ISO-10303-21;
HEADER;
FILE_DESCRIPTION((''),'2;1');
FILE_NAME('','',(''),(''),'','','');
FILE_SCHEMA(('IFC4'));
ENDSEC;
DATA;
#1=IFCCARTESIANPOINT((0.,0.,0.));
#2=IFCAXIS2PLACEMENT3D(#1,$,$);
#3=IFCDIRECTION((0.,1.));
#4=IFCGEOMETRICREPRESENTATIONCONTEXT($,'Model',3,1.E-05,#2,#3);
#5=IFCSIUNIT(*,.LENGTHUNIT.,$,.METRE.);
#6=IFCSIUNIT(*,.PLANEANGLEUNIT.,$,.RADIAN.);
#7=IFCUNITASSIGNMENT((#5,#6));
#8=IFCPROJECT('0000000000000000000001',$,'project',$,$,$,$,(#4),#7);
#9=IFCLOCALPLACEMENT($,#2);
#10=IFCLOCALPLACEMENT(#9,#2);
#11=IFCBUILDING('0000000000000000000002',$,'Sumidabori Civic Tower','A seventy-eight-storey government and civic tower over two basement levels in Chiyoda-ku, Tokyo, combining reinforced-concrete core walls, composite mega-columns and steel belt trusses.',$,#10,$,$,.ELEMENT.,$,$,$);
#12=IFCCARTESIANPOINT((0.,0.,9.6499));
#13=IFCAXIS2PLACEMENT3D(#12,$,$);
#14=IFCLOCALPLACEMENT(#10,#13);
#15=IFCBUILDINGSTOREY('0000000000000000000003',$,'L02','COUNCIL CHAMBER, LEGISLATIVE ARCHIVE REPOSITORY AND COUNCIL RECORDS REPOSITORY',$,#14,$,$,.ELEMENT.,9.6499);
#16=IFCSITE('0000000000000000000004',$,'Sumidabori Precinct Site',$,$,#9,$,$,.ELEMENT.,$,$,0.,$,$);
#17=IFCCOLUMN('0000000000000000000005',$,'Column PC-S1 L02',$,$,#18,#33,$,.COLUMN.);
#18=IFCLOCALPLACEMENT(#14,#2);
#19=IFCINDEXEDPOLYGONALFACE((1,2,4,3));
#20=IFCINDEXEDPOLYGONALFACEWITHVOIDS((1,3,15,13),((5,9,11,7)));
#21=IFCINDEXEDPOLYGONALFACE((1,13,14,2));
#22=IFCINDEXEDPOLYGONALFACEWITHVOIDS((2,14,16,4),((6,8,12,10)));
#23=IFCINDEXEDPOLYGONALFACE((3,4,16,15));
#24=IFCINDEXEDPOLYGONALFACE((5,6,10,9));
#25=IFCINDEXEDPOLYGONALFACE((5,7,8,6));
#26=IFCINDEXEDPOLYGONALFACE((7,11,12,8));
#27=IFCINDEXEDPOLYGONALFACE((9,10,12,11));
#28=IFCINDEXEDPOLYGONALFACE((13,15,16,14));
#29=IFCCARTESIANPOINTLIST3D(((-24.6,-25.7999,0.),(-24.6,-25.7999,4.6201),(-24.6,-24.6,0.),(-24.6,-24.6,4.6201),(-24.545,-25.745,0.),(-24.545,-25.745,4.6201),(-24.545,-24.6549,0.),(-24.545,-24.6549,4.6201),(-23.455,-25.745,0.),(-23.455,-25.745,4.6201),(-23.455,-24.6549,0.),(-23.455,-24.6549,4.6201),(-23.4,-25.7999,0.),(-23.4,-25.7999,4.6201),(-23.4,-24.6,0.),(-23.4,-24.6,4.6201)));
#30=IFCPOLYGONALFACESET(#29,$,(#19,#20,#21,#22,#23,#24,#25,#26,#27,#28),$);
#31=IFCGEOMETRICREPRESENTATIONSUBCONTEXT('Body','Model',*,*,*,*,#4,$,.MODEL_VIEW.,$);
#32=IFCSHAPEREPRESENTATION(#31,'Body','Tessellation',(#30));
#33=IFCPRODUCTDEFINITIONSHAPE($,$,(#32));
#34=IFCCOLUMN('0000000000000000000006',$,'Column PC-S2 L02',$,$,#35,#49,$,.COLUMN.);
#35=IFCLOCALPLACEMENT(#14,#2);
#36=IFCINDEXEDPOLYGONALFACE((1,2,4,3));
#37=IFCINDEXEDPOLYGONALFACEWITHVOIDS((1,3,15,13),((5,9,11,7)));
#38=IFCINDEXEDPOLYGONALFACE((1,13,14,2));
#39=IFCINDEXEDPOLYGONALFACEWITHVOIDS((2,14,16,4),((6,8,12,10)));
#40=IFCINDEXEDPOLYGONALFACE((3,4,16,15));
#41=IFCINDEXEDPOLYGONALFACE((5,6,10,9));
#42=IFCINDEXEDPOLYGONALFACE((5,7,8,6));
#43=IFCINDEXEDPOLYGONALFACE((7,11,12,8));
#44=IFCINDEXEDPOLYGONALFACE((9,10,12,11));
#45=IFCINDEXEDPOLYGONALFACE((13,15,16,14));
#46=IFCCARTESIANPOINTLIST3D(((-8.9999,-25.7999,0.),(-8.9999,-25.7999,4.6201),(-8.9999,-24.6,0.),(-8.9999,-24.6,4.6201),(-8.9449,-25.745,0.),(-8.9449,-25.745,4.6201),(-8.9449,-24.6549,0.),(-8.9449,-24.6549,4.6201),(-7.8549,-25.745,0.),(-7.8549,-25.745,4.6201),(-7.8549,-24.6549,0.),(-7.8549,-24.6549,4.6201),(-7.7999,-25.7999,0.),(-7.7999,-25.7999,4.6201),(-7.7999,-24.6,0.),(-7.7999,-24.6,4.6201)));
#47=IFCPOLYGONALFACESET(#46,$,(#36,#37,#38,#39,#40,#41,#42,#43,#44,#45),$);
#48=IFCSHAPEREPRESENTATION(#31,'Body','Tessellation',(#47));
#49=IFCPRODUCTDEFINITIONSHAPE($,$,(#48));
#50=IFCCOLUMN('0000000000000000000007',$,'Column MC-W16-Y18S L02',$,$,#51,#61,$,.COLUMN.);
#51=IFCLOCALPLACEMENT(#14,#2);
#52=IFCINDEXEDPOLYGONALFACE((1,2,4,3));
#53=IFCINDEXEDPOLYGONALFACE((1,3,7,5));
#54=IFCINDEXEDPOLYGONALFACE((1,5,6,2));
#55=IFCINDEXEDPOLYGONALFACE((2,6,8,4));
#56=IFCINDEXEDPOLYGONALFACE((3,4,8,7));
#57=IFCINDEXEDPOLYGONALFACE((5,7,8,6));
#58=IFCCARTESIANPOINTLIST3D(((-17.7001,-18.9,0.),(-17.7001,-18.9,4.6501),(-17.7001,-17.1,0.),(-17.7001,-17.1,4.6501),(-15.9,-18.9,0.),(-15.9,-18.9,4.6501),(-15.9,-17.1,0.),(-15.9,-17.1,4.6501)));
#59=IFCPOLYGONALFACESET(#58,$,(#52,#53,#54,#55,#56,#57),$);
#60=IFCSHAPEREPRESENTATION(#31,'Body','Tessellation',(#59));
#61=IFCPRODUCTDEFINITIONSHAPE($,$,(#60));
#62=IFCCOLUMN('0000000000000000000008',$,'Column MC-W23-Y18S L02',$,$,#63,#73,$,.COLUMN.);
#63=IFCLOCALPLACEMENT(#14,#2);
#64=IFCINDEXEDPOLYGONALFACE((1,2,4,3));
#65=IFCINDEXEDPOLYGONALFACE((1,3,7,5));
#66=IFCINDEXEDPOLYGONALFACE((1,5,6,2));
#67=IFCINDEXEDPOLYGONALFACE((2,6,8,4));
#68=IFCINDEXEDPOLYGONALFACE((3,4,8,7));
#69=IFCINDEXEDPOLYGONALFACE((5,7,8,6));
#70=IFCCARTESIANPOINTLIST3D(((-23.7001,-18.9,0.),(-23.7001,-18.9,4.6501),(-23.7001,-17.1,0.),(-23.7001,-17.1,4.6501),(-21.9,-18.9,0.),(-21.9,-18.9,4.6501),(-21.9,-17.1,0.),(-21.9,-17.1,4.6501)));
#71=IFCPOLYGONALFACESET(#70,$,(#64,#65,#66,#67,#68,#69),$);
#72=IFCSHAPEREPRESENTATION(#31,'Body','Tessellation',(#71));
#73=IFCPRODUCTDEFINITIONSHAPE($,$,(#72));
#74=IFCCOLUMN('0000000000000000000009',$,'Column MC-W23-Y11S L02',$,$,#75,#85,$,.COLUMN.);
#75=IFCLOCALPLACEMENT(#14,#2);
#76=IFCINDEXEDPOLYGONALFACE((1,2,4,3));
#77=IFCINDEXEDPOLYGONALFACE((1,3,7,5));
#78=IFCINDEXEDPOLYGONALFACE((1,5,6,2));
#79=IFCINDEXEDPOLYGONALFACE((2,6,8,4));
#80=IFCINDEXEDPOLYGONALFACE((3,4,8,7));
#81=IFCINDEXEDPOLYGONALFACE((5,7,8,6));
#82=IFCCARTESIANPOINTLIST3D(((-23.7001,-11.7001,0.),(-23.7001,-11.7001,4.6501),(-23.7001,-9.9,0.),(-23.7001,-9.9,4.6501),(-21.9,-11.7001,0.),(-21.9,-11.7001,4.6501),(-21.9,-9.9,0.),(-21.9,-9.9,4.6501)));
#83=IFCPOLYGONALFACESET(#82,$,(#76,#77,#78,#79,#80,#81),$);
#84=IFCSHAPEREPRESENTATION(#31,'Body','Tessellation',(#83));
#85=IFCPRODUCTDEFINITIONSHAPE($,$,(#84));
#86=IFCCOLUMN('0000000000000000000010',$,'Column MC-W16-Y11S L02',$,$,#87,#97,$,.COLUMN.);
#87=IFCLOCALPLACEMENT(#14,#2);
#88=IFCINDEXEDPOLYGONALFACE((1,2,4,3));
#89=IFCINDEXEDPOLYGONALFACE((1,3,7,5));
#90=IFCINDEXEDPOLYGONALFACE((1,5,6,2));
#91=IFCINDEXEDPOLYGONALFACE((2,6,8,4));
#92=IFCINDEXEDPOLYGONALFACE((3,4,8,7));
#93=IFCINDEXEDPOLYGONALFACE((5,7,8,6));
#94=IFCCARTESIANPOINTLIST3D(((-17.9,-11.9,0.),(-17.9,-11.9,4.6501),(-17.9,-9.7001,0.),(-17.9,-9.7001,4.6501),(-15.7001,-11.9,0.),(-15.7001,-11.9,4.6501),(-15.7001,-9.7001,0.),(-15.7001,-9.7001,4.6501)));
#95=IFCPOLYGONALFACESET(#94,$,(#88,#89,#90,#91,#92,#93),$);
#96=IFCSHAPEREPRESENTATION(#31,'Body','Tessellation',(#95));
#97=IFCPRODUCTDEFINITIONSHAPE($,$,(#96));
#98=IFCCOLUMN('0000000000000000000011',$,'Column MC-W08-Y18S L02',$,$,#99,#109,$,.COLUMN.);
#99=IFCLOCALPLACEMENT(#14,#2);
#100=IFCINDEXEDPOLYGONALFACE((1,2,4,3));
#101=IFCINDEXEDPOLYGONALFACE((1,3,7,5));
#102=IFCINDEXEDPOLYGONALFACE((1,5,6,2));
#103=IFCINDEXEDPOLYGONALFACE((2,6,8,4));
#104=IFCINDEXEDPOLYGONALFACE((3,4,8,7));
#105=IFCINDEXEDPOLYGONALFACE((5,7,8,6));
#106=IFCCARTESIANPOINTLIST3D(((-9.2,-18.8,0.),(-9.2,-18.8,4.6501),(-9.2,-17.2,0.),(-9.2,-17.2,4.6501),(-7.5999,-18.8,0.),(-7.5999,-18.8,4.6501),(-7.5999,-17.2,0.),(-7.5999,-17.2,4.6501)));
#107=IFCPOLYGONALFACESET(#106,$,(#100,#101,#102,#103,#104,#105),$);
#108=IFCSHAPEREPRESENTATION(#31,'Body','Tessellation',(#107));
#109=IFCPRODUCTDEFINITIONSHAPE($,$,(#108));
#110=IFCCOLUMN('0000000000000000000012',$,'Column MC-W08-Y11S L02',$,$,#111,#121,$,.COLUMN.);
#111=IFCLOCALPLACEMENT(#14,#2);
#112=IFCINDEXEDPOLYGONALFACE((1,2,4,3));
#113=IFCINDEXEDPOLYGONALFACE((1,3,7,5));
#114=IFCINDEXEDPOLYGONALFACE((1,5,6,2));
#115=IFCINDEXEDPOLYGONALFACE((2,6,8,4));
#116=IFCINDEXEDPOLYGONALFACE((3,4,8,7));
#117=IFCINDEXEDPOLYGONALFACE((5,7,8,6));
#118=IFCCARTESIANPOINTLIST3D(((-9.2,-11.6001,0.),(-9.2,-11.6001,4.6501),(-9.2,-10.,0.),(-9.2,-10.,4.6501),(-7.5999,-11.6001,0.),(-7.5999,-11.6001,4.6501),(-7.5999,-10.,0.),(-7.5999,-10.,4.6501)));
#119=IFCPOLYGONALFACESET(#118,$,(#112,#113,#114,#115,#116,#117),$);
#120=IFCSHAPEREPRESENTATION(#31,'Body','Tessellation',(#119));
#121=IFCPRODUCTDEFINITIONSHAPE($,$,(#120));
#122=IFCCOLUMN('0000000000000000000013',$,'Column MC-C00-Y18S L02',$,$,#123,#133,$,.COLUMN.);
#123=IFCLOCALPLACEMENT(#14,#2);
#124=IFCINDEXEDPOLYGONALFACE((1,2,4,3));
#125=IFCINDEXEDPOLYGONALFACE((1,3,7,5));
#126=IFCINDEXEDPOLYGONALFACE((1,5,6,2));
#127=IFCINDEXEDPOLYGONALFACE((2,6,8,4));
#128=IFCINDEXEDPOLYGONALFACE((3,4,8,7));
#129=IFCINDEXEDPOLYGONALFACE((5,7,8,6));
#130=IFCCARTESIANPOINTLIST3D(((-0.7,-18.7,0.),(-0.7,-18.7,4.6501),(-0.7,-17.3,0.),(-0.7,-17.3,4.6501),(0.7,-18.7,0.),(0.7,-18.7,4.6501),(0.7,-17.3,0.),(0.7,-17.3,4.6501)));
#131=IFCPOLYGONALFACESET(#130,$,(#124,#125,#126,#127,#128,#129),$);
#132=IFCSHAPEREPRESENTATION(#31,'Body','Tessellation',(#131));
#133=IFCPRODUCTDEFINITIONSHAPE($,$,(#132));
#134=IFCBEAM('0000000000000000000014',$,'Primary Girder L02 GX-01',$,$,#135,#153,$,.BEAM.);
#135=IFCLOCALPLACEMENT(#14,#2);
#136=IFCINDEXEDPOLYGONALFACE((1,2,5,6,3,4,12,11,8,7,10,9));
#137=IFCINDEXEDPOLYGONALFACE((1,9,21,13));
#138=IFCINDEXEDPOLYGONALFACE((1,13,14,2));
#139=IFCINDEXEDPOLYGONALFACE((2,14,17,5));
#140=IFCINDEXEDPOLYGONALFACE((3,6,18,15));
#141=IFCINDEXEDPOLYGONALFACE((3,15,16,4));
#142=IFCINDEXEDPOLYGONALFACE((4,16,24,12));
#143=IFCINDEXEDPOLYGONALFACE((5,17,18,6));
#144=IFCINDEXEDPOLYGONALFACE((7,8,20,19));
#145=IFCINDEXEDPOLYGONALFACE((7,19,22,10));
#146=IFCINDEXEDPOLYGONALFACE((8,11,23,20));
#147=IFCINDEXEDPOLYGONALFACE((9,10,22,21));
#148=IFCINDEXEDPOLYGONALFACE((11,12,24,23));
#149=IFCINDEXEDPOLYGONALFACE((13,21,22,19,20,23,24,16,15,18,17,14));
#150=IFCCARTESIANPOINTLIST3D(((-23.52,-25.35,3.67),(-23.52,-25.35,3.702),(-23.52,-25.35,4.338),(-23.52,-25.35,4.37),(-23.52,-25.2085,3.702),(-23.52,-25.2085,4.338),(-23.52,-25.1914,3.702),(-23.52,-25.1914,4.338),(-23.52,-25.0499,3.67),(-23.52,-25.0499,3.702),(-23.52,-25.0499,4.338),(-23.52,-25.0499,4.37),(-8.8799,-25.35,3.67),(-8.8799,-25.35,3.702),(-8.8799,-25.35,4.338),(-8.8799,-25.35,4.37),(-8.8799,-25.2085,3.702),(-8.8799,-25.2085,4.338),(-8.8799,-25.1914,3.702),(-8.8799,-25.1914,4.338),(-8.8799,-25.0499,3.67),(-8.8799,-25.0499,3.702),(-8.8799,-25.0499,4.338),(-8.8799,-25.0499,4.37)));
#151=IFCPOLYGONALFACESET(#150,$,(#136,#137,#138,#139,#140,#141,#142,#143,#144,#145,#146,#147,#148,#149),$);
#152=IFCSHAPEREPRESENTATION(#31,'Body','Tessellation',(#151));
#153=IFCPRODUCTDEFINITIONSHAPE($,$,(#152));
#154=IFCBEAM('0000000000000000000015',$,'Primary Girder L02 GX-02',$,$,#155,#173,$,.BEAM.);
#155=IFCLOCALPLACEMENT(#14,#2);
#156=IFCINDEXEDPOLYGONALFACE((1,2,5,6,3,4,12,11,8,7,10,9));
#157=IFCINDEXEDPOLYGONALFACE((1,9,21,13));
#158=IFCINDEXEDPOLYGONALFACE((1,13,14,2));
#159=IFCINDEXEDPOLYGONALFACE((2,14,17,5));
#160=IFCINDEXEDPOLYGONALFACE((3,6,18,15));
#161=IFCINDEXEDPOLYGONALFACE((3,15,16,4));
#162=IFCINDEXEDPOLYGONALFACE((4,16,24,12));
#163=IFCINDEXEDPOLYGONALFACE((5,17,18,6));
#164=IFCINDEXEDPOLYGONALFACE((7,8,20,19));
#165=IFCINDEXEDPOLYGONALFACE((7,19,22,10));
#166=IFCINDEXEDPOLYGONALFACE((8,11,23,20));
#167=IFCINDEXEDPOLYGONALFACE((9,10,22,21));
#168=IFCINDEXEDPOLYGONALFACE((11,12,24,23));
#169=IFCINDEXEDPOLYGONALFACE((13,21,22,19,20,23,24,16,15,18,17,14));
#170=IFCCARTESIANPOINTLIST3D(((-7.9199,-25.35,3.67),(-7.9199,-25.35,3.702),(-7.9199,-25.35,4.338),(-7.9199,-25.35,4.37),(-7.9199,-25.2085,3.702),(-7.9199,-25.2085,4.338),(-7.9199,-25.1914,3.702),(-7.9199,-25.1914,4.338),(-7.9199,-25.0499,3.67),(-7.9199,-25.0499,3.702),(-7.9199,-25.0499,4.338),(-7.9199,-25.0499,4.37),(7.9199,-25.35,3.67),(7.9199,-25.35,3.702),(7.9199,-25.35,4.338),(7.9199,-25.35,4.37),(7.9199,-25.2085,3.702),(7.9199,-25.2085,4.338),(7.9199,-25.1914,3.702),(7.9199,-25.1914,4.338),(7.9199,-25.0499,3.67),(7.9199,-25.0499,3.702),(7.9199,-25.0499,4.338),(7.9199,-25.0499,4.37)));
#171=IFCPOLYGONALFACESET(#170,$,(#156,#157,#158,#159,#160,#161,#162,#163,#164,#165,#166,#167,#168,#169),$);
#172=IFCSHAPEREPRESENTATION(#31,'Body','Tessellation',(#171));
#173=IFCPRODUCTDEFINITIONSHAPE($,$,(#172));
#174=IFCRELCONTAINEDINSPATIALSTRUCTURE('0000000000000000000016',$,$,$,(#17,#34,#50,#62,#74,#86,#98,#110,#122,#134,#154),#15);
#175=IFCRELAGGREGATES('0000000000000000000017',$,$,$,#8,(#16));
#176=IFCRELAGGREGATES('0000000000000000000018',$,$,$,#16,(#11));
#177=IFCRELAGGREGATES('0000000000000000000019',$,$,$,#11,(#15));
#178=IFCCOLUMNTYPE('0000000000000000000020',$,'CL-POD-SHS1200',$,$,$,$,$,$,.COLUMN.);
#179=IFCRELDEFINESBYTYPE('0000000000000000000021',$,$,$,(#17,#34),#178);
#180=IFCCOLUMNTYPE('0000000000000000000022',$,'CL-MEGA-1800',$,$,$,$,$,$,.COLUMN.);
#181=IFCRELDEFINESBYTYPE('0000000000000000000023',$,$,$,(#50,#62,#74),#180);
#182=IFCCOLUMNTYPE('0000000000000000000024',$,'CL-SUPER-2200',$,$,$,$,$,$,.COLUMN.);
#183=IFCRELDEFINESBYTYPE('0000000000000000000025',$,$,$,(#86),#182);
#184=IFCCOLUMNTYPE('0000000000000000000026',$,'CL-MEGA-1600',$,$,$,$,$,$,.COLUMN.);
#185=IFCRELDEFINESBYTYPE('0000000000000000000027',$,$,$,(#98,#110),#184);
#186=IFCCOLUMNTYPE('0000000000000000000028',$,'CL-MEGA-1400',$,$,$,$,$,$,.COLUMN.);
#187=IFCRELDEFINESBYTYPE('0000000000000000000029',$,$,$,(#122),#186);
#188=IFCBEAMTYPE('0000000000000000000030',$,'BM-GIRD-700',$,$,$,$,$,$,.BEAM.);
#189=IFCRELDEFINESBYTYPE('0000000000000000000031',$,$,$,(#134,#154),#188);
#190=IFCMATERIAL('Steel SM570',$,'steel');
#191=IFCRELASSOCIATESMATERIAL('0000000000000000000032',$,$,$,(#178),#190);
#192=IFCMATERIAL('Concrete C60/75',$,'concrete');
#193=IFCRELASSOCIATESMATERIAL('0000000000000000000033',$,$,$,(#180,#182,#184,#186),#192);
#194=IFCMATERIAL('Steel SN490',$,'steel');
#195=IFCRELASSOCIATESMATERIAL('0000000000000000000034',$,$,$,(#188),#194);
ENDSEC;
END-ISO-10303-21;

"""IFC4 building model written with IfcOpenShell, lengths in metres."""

from ifc_helpers import new_model, si_unit, direction, frame, origin, origin_2d, place, context, subcontext, project, spatial, rectangle, hollow_rectangle, i_section, extrude, source, transform, mapped, material, material_profile, profile_set, type_object, element, save


model = new_model("IFC4")

# Units and contexts
model_context = context("Model", 3, precision=1e-05, world=origin(), true_north=direction((0.0, 1.0)))
body_context = subcontext(model_context, "Body", "Model", "MODEL_VIEW")
ifc_project = project(units=[si_unit("LENGTHUNIT", "METRE"), si_unit("PLANEANGLEUNIT", "RADIAN")], contexts=[model_context])

# Site, building, storey
site_placement = place(None, origin())
site = spatial("IfcSite", under=ifc_project, at=site_placement, Name="Sumidabori Precinct Site", CompositionType="ELEMENT", RefElevation=0.0)
building_placement = place(site_placement, origin())
building = spatial("IfcBuilding", under=site, at=building_placement, Name="Sumidabori Civic Tower", Description="A seventy-eight-storey government and civic tower over two basement levels in Chiyoda-ku, Tokyo, combining reinforced-concrete core walls, composite mega-columns and steel belt trusses.", CompositionType="ELEMENT")
storey_placement = place(building_placement, frame((0.0, 0.0, 9.6499)))
storey = spatial("IfcBuildingStorey", under=building, at=storey_placement, Name="L02", Description="COUNCIL CHAMBER, LEGISLATIVE ARCHIVE REPOSITORY AND COUNCIL RECORDS REPOSITORY", CompositionType="ELEMENT", Elevation=9.6499)

# Columns
ifc_material_1 = material(Name="Steel SM570", Category="steel")
ifc_material_profile_1 = material_profile(ifc_material_1, hollow_rectangle(XDim=1.2, YDim=1.2, WallThickness=0.0549, at=origin_2d()), Name="SHS 1200x1200x55")
ifc_profile_set_1 = profile_set([ifc_material_profile_1], Name="Steel SM570")
column_type_1 = type_object("IfcColumnType", Name="CL-POD-SHS1200", PredefinedType="COLUMN", material=ifc_profile_set_1)
shared_shape_1 = source(origin(), body_context, "Body", "SweptSolid", [
    extrude(hollow_rectangle(XDim=1.2, YDim=1.2, WallThickness=0.0549, at=origin_2d()), origin(), (0.0, 0.0, 1.0), 4.6201),
])
for number, where, z_axis, x_axis, name in (
    (1, (-24.0, -25.2, 0.0), (0.0, 0.0, 1.0), (1.0, 0.0, 0.0), "Column PC-S1 L02"),
    (2, (-8.3999, -25.2, 0.0), (0.0, 0.0, 1.0), (1.0, 0.0, 0.0), "Column PC-S2 L02"),
):
    element("IfcColumn", number, at=place(storey_placement, frame(where, z_axis=z_axis, x_axis=x_axis)), inside=storey, type_object=column_type_1, Name=name, PredefinedType="COLUMN", context=body_context, shape_type="MappedRepresentation", body=[
        mapped(shared_shape_1, transform((0.0, 0.0, 0.0), x_axis=(1.0, 0.0, 0.0), y_axis=(0.0, 1.0, 0.0), z_axis=(0.0, 0.0, 1.0), scale=1.0)),
    ])
ifc_material_2 = material(Name="Concrete C60/75", Category="concrete")
ifc_material_profile_2 = material_profile(ifc_material_2, rectangle(XDim=1.8, YDim=1.8, at=origin_2d()), Name="RC 1800x1800")
ifc_profile_set_2 = profile_set([ifc_material_profile_2], Name="Concrete C60/75")
column_type_2 = type_object("IfcColumnType", Name="CL-MEGA-1800", PredefinedType="COLUMN", material=ifc_profile_set_2)
shared_shape_2 = source(origin(), body_context, "Body", "SweptSolid", [
    extrude(rectangle(XDim=1.8, YDim=1.8, at=origin_2d()), origin(), (0.0, 0.0, 1.0), 4.6501),
])
for number, where, z_axis, x_axis, name in (
    (3, (-16.8, -18.0, 0.0), (0.0, 0.0, 1.0), (1.0, 0.0, 0.0), "Column MC-W16-Y18S L02"),
    (4, (-22.8, -18.0, 0.0), (0.0, 0.0, 1.0), (1.0, 0.0, 0.0), "Column MC-W23-Y18S L02"),
    (5, (-22.8, -10.8, 0.0), (0.0, 0.0, 1.0), (1.0, 0.0, 0.0), "Column MC-W23-Y11S L02"),
):
    element("IfcColumn", number, at=place(storey_placement, frame(where, z_axis=z_axis, x_axis=x_axis)), inside=storey, type_object=column_type_2, Name=name, PredefinedType="COLUMN", context=body_context, shape_type="MappedRepresentation", body=[
        mapped(shared_shape_2, transform((0.0, 0.0, 0.0), x_axis=(1.0, 0.0, 0.0), y_axis=(0.0, 1.0, 0.0), z_axis=(0.0, 0.0, 1.0), scale=1.0)),
    ])
ifc_material_profile_3 = material_profile(ifc_material_2, rectangle(XDim=2.2, YDim=2.2, at=origin_2d()), Name="RC 2200x2200")
ifc_profile_set_3 = profile_set([ifc_material_profile_3], Name="Concrete C60/75")
column_type_3 = type_object("IfcColumnType", Name="CL-SUPER-2200", PredefinedType="COLUMN", material=ifc_profile_set_3)
shared_shape_3 = source(origin(), body_context, "Body", "SweptSolid", [
    extrude(rectangle(XDim=2.2, YDim=2.2, at=origin_2d()), origin(), (0.0, 0.0, 1.0), 4.6501),
])
column_1_placement = place(storey_placement, frame((-16.8, -10.8, 0.0), z_axis=(0.0, 0.0, 1.0), x_axis=(1.0, 0.0, 0.0)))
element("IfcColumn", 6, at=column_1_placement, inside=storey, type_object=column_type_3, Name="Column MC-W16-Y11S L02", PredefinedType="COLUMN", context=body_context, shape_type="MappedRepresentation", body=[
    mapped(shared_shape_3, transform((0.0, 0.0, 0.0), x_axis=(1.0, 0.0, 0.0), y_axis=(0.0, 1.0, 0.0), z_axis=(0.0, 0.0, 1.0), scale=1.0)),
])
ifc_material_profile_4 = material_profile(ifc_material_2, rectangle(XDim=1.6001, YDim=1.6001, at=origin_2d()), Name="RC 1600x1600")
ifc_profile_set_4 = profile_set([ifc_material_profile_4], Name="Concrete C60/75")
column_type_4 = type_object("IfcColumnType", Name="CL-MEGA-1600", PredefinedType="COLUMN", material=ifc_profile_set_4)
shared_shape_4 = source(origin(), body_context, "Body", "SweptSolid", [
    extrude(rectangle(XDim=1.6001, YDim=1.6001, at=origin_2d()), origin(), (0.0, 0.0, 1.0), 4.6501),
])
for number, where, z_axis, x_axis, name in (
    (7, (-8.3999, -18.0, 0.0), (0.0, 0.0, 1.0), (1.0, 0.0, 0.0), "Column MC-W08-Y18S L02"),
    (8, (-8.3999, -10.8, 0.0), (0.0, 0.0, 1.0), (1.0, 0.0, 0.0), "Column MC-W08-Y11S L02"),
):
    element("IfcColumn", number, at=place(storey_placement, frame(where, z_axis=z_axis, x_axis=x_axis)), inside=storey, type_object=column_type_4, Name=name, PredefinedType="COLUMN", context=body_context, shape_type="MappedRepresentation", body=[
        mapped(shared_shape_4, transform((0.0, 0.0, 0.0), x_axis=(1.0, 0.0, 0.0), y_axis=(0.0, 1.0, 0.0), z_axis=(0.0, 0.0, 1.0), scale=1.0)),
    ])
ifc_material_profile_5 = material_profile(ifc_material_2, rectangle(XDim=1.3999, YDim=1.3999, at=origin_2d()), Name="RC 1400x1400")
ifc_profile_set_5 = profile_set([ifc_material_profile_5], Name="Concrete C60/75")
column_type_5 = type_object("IfcColumnType", Name="CL-MEGA-1400", PredefinedType="COLUMN", material=ifc_profile_set_5)
shared_shape_5 = source(origin(), body_context, "Body", "SweptSolid", [
    extrude(rectangle(XDim=1.3999, YDim=1.3999, at=origin_2d()), origin(), (0.0, 0.0, 1.0), 4.6501),
])
column_2_placement = place(storey_placement, frame((0.0, -18.0, 0.0), z_axis=(0.0, 0.0, 1.0), x_axis=(1.0, 0.0, 0.0)))
element("IfcColumn", 9, at=column_2_placement, inside=storey, type_object=column_type_5, Name="Column MC-C00-Y18S L02", PredefinedType="COLUMN", context=body_context, shape_type="MappedRepresentation", body=[
    mapped(shared_shape_5, transform((0.0, 0.0, 0.0), x_axis=(1.0, 0.0, 0.0), y_axis=(0.0, 1.0, 0.0), z_axis=(0.0, 0.0, 1.0), scale=1.0)),
])

# Beams
ifc_material_3 = material(Name="Steel SN490", Category="steel")
ifc_material_profile_6 = material_profile(ifc_material_3, i_section(OverallWidth=0.3, OverallDepth=0.7, WebThickness=0.0171, FlangeThickness=0.032, at=origin_2d()), Name="HE 700 B")
ifc_profile_set_6 = profile_set([ifc_material_profile_6], Name="Steel SN490")
beam_type_1 = type_object("IfcBeamType", Name="BM-GIRD-700", PredefinedType="BEAM", material=ifc_profile_set_6)
shared_shape_6 = source(origin(), body_context, "Body", "SweptSolid", [
    extrude(i_section(OverallWidth=0.3, OverallDepth=0.7, WebThickness=0.0171, FlangeThickness=0.032, at=origin_2d()), origin(), (0.0, 0.0, 1.0), 14.6401),
])
beam_1_placement = place(storey_placement, frame((-23.52, -25.2, 4.02), z_axis=(1.0, 0.0, 0.0), x_axis=(0.0, 1.0, 0.0)))
element("IfcBeam", 10, at=beam_1_placement, inside=storey, type_object=beam_type_1, Name="Primary Girder L02 GX-01", PredefinedType="BEAM", context=body_context, shape_type="MappedRepresentation", body=[
    mapped(shared_shape_6, transform((0.0, 0.0, 0.0), x_axis=(1.0, 0.0, 0.0), y_axis=(0.0, 1.0, 0.0), z_axis=(0.0, 0.0, 1.0), scale=1.0)),
])
shared_shape_7 = source(origin(), body_context, "Body", "SweptSolid", [
    extrude(i_section(OverallWidth=0.3, OverallDepth=0.7, WebThickness=0.0171, FlangeThickness=0.032, at=origin_2d()), origin(), (0.0, 0.0, 1.0), 15.8398),
])
for number, where, z_axis, x_axis, name in (
    (11, (-7.9199, -25.2, 4.02), (1.0, 0.0, 0.0), (0.0, 1.0, 0.0), "Primary Girder L02 GX-02"),
):
    element("IfcBeam", number, at=place(storey_placement, frame(where, z_axis=z_axis, x_axis=x_axis)), inside=storey, type_object=beam_type_1, Name=name, PredefinedType="BEAM", context=body_context, shape_type="MappedRepresentation", body=[
        mapped(shared_shape_7, transform((0.0, 0.0, 0.0), x_axis=(1.0, 0.0, 0.0), y_axis=(0.0, 1.0, 0.0), z_axis=(0.0, 0.0, 1.0), scale=1.0)),
    ])

save(model, "model.ifc")
